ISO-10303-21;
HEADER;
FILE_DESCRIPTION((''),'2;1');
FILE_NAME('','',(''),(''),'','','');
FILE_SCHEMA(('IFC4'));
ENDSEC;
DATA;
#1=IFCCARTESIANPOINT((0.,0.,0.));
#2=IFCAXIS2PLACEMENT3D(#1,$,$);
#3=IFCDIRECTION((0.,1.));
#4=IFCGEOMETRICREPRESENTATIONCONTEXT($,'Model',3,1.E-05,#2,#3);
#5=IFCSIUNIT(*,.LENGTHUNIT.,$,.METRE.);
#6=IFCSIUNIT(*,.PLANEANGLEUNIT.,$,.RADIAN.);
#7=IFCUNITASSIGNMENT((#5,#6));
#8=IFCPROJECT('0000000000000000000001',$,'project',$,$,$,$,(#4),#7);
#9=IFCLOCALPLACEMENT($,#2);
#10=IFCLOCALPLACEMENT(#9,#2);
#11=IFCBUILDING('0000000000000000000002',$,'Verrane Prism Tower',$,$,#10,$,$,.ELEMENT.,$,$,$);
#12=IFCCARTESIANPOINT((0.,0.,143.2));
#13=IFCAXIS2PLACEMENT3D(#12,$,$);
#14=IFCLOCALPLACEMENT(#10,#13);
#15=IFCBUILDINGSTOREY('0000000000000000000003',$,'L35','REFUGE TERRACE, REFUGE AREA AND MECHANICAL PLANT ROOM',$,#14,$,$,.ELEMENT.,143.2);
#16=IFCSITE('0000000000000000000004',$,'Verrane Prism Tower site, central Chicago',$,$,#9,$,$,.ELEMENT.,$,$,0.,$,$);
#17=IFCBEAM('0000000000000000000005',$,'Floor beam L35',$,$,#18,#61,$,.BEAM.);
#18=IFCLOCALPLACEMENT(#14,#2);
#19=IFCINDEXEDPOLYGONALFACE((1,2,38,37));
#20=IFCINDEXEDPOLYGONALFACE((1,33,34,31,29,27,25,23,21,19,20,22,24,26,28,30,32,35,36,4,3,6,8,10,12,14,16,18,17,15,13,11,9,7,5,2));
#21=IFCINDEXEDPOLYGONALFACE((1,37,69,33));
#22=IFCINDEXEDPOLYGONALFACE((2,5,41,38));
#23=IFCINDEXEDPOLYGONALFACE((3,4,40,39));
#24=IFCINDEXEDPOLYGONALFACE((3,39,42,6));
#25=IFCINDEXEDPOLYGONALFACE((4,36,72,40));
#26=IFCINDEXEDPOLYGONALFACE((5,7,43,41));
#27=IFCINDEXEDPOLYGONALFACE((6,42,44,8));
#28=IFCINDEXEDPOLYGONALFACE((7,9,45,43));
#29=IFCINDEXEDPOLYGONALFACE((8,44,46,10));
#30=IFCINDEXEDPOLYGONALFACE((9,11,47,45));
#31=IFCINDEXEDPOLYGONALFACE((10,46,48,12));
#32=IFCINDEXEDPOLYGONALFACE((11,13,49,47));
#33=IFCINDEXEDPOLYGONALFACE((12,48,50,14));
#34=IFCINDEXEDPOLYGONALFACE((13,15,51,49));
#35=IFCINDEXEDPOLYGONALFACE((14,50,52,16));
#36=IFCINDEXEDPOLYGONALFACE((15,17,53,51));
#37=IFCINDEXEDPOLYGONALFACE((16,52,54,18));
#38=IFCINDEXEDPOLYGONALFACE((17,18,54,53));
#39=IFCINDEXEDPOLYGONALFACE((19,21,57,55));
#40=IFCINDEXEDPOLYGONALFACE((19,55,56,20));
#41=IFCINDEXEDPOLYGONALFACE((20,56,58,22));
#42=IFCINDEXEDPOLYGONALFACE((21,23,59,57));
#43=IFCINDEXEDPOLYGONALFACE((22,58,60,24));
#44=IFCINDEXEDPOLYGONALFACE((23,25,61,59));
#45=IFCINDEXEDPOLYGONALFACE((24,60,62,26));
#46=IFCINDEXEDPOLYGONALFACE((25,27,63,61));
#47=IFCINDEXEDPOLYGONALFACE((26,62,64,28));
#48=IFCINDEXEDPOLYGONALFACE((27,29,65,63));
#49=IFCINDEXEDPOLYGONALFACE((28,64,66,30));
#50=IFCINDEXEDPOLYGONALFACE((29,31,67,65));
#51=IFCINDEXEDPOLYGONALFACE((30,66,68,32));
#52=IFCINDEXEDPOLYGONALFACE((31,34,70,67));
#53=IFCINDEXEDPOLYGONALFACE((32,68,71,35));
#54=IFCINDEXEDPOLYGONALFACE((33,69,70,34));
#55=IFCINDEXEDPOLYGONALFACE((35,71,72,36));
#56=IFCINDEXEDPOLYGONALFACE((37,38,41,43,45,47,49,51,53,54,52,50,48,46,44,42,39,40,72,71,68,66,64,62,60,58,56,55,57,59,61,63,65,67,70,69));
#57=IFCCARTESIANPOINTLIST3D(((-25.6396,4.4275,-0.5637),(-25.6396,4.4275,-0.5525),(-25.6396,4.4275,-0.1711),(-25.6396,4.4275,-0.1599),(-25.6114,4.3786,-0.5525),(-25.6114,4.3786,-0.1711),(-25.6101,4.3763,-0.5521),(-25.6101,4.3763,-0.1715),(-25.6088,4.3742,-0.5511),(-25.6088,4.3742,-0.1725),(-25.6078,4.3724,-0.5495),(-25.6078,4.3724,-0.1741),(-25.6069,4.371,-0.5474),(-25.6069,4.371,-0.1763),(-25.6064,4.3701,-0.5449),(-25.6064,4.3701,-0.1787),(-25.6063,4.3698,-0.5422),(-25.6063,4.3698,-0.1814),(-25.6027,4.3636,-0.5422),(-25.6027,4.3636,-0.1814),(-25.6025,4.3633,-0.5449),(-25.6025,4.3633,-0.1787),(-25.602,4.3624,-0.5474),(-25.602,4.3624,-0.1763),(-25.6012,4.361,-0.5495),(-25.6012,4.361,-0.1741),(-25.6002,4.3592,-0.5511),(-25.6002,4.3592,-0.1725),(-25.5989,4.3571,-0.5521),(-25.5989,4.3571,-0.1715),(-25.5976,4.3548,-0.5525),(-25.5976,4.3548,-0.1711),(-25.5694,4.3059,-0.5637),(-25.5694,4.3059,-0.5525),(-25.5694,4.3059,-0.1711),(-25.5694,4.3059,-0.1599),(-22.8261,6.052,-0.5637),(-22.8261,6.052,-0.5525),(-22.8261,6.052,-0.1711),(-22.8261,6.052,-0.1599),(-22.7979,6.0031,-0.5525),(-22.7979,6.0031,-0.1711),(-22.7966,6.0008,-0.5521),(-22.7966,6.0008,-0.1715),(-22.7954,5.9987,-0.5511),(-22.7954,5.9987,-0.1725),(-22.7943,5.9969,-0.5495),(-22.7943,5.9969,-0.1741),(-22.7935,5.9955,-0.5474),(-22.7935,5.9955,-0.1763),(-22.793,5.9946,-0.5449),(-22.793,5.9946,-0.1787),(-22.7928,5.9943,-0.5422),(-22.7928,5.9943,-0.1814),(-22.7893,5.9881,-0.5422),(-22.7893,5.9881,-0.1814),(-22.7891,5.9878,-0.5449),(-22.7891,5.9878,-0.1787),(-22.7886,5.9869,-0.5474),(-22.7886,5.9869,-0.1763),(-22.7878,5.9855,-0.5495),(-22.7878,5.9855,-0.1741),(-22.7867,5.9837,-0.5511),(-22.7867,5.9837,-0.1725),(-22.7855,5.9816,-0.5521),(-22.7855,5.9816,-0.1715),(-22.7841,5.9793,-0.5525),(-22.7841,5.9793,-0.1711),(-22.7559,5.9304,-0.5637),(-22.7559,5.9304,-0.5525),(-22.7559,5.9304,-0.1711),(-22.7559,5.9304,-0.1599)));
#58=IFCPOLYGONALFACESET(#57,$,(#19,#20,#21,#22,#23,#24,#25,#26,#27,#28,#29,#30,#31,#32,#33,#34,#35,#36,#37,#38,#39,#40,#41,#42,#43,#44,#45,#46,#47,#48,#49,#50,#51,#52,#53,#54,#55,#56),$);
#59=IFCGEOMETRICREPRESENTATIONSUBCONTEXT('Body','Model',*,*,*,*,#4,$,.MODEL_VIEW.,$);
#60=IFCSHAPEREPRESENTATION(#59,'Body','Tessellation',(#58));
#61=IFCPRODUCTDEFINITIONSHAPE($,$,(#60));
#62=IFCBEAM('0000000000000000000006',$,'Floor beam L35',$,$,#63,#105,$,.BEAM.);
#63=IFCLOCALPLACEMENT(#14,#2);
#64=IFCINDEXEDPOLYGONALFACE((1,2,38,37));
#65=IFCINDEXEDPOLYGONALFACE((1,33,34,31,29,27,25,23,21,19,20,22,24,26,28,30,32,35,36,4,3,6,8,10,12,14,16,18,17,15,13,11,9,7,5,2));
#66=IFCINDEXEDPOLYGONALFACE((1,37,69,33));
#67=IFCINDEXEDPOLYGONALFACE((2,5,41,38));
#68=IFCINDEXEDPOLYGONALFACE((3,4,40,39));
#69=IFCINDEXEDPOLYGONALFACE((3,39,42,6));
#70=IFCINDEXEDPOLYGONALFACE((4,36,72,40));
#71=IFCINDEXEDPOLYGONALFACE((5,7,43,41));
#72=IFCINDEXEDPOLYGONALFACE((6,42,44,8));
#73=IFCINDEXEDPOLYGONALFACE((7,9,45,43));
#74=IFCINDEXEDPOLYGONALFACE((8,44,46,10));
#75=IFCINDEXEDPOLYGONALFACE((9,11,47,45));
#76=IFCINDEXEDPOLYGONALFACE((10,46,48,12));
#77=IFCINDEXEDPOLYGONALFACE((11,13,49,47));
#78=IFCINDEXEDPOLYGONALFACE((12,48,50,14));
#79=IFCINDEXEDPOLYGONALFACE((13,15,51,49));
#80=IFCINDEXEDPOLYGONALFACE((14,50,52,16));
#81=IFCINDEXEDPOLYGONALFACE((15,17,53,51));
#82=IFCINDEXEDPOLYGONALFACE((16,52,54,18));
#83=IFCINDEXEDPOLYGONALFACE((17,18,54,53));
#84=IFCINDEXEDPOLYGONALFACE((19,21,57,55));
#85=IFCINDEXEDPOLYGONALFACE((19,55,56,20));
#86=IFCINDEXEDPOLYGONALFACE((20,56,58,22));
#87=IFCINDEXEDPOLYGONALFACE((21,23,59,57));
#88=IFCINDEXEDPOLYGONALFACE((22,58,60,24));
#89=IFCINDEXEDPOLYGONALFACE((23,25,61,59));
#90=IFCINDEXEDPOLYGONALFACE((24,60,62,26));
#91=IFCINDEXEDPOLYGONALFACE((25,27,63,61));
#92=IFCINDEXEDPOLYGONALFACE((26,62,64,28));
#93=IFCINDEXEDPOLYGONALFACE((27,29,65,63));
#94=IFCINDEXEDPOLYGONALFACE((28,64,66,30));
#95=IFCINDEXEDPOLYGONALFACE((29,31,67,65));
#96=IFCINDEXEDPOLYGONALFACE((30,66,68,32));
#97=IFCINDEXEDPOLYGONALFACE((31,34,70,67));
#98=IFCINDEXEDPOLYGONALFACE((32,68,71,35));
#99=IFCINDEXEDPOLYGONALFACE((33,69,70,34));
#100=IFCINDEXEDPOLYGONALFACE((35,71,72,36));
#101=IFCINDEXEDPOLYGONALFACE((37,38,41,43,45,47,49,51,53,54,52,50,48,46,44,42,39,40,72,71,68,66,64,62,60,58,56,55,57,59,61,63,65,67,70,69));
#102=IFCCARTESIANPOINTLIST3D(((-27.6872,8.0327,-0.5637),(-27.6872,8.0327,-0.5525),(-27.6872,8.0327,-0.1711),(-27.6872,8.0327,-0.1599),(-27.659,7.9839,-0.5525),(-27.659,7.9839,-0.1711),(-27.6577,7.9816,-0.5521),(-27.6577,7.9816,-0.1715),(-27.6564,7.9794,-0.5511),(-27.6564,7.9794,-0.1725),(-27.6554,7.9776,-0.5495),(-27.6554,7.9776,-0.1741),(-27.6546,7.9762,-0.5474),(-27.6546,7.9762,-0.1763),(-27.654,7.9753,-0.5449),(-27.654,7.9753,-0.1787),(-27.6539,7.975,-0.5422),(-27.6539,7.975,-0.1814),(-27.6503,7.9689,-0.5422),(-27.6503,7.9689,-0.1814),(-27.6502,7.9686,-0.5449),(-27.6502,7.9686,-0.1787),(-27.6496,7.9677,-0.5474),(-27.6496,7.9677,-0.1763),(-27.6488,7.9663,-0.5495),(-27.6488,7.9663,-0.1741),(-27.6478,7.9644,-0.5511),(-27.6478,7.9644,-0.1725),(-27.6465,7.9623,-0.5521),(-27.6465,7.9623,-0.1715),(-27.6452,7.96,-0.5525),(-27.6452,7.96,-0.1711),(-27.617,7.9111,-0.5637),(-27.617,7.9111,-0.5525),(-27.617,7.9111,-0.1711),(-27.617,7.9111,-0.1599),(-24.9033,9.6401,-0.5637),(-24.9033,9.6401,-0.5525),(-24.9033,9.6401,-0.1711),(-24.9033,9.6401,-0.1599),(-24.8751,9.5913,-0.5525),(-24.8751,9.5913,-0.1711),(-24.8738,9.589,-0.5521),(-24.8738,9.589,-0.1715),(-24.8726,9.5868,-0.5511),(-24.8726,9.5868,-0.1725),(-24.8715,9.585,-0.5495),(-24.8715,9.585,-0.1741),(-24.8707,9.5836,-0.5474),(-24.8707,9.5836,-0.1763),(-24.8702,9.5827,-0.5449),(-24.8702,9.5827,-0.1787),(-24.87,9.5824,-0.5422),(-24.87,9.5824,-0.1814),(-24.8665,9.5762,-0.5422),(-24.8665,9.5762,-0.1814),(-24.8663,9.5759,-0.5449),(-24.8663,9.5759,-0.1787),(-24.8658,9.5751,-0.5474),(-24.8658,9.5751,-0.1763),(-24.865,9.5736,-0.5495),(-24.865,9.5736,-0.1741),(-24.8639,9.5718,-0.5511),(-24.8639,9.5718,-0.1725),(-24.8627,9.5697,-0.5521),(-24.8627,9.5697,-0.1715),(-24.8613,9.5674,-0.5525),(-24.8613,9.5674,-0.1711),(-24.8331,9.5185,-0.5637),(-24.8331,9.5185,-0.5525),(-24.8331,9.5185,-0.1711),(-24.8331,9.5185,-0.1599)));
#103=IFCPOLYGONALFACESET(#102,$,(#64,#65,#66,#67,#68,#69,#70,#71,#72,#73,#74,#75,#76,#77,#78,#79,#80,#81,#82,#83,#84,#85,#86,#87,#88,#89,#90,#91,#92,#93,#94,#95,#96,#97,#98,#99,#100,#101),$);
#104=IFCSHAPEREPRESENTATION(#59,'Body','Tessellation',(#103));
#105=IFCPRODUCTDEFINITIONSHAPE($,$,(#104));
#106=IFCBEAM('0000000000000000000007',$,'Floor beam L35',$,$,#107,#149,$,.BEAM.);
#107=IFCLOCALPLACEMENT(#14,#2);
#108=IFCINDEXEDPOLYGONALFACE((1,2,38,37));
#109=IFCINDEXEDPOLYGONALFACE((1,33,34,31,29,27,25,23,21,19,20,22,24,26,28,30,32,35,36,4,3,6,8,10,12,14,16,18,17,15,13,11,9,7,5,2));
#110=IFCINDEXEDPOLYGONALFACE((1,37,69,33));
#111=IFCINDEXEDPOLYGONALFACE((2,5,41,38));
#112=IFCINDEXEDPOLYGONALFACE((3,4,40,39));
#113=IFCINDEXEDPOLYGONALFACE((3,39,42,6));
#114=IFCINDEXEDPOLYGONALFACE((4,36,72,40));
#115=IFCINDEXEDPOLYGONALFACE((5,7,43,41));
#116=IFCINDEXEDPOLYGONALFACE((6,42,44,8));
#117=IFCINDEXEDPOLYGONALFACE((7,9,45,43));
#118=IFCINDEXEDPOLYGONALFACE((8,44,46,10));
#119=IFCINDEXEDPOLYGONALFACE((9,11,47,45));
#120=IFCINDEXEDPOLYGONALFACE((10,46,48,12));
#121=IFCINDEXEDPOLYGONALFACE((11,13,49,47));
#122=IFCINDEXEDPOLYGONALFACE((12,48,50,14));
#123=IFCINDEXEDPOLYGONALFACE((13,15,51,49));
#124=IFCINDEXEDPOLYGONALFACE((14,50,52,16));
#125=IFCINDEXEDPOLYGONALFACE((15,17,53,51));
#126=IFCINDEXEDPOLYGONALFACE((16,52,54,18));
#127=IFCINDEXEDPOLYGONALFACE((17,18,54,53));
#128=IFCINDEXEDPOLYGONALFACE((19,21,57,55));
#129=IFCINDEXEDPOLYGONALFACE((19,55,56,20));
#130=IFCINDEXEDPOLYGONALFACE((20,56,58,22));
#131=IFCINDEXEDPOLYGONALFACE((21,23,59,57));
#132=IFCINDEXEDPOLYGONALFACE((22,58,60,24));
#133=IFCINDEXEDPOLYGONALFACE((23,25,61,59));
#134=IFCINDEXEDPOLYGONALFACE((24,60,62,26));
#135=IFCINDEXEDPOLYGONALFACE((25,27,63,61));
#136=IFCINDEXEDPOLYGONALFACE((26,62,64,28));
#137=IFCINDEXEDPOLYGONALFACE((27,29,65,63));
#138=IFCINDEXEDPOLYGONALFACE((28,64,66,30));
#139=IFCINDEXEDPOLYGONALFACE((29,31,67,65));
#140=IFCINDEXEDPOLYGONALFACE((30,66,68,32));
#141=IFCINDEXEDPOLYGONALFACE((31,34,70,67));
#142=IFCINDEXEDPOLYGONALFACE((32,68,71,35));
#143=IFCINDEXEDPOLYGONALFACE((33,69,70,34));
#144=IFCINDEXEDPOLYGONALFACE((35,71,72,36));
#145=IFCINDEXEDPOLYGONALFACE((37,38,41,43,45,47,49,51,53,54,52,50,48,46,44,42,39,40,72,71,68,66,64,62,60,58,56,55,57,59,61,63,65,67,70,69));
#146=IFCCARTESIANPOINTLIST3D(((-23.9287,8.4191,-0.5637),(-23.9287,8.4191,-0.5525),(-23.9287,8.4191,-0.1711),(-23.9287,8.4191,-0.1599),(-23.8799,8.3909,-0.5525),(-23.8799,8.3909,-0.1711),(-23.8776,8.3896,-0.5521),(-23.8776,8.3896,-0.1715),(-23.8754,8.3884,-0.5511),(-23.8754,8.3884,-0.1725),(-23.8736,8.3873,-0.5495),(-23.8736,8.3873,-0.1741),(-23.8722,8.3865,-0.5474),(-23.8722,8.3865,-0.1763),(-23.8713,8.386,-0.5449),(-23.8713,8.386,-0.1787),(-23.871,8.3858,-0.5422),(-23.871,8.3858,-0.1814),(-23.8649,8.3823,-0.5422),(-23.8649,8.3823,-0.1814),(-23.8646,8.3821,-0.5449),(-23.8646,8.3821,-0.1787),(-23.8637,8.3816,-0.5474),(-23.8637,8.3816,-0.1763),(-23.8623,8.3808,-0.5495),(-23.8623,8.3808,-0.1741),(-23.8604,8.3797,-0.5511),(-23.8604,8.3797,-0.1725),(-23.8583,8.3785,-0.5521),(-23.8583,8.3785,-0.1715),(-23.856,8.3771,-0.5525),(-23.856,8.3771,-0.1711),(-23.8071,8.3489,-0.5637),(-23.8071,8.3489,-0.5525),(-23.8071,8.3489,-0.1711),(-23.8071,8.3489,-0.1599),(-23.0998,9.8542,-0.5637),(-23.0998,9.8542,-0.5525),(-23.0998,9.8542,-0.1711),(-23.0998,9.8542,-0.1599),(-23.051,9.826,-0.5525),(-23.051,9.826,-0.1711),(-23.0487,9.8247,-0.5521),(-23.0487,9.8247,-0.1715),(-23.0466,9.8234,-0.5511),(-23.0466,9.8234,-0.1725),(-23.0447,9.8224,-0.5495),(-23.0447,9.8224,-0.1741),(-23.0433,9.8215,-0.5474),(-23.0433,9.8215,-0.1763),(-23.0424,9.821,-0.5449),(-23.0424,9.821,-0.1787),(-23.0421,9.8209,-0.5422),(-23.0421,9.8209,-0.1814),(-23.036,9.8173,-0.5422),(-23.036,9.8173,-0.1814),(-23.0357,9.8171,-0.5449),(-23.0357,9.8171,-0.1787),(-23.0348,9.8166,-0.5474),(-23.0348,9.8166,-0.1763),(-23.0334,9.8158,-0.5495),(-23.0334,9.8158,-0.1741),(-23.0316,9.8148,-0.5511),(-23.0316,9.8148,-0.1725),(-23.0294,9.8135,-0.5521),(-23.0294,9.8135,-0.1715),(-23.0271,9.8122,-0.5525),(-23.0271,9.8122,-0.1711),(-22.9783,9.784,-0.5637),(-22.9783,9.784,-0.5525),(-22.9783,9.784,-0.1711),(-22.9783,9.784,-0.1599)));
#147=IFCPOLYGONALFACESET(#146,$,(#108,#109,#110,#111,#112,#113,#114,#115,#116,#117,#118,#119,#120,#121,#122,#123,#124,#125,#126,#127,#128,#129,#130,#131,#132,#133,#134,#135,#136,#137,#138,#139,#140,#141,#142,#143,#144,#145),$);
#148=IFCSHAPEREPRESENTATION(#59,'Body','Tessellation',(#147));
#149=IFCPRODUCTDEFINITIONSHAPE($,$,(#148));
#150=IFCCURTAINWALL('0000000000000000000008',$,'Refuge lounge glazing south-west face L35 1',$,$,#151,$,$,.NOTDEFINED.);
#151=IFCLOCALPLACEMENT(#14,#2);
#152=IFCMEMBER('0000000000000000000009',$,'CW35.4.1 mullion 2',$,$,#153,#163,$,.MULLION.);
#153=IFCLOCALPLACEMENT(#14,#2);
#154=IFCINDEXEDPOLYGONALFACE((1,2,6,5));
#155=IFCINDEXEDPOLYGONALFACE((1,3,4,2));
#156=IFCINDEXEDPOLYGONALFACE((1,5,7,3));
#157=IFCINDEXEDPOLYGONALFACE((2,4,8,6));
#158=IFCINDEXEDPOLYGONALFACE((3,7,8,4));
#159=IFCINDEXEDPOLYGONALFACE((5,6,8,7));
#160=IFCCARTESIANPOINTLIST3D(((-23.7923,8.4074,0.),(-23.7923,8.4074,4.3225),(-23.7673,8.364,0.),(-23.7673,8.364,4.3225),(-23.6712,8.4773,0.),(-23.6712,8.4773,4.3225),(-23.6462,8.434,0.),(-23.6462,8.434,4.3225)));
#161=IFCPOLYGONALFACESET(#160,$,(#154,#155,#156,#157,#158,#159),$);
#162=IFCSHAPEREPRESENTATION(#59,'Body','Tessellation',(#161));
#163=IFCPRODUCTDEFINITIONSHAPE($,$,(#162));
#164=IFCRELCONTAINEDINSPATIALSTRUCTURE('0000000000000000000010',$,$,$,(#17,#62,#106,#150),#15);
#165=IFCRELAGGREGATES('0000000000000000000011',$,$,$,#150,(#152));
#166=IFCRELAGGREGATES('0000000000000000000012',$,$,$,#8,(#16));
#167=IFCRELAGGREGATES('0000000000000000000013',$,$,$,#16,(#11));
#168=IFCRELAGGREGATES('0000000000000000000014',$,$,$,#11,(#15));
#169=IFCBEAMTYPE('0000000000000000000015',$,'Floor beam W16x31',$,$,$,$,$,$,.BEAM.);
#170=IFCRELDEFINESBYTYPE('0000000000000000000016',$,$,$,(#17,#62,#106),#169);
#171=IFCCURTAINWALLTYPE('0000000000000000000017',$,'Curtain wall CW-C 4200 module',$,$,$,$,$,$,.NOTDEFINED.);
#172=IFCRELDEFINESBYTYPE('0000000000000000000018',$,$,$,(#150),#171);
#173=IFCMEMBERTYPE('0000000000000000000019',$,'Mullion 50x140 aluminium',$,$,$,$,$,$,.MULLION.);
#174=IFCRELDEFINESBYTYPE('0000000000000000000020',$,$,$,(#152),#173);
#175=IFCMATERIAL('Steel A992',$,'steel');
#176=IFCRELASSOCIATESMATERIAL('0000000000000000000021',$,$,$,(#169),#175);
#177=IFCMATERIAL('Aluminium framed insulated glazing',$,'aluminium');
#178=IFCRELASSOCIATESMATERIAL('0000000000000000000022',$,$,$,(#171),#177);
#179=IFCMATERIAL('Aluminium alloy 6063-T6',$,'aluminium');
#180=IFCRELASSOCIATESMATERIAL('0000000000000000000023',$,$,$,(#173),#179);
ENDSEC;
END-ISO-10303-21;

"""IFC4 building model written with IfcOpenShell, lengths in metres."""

from ifc_helpers import new_model, si_unit, direction, frame, origin, origin_2d, place, context, subcontext, project, spatial, rectangle, i_section, extrude, material, material_profile, profile_set, type_object, element, aggregate, save


model = new_model("IFC4")

# Units and contexts
model_context = context("Model", 3, precision=1e-05, world=origin(), true_north=direction((0.0, 1.0)))
body_context = subcontext(model_context, "Body", "Model", "MODEL_VIEW")
ifc_project = project(units=[si_unit("LENGTHUNIT", "METRE"), si_unit("PLANEANGLEUNIT", "RADIAN")], contexts=[model_context])

# Site, building, storey
site_placement = place(None, origin())
site = spatial("IfcSite", under=ifc_project, at=site_placement, Name="Verrane Prism Tower site, central Chicago", CompositionType="ELEMENT", RefElevation=0.0)
building_placement = place(site_placement, origin())
building = spatial("IfcBuilding", under=site, at=building_placement, Name="Verrane Prism Tower", CompositionType="ELEMENT")
storey_placement = place(building_placement, frame((0.0, 0.0, 143.2)))
storey = spatial("IfcBuildingStorey", under=building, at=storey_placement, Name="L35", Description="REFUGE TERRACE, REFUGE AREA AND MECHANICAL PLANT ROOM", CompositionType="ELEMENT", Elevation=143.2)

# Beams
ifc_material_1 = material(Name="Steel A992", Category="steel")
ifc_material_profile_1 = material_profile(ifc_material_1, i_section(OverallWidth=0.1404, OverallDepth=0.4038, WebThickness=0.0071, FlangeThickness=0.0112, FilletRadius=0.0103, at=origin_2d()), Name="W16x31")
ifc_profile_set_1 = profile_set([ifc_material_profile_1], Name="Steel A992")
beam_type_1 = type_object("IfcBeamType", Name="Floor beam W16x31", PredefinedType="BEAM", material=ifc_profile_set_1)
beam_1_placement = place(storey_placement, frame((-25.6045, 4.3667, -0.3618), z_axis=(0.866005, 0.500035, 0.0), x_axis=(-0.500035, 0.866005, 0.0)))
element("IfcBeam", 1, at=beam_1_placement, inside=storey, type_object=beam_type_1, Name="Floor beam L35", PredefinedType="BEAM", context=body_context, shape_type="SweptSolid", body=[
    extrude(i_section(OverallWidth=0.1404, OverallDepth=0.4038, WebThickness=0.0071, FlangeThickness=0.0112, FilletRadius=0.0103, at=origin_2d()), origin(), (0.0, 0.0, 1.0), 3.2488),
])
beam_2_placement = place(storey_placement, frame((-27.6521, 7.9719, -0.3618), z_axis=(0.86601, 0.500027, 0.0), x_axis=(-0.500027, 0.86601, 0.0)))
element("IfcBeam", 2, at=beam_2_placement, inside=storey, type_object=beam_type_1, Name="Floor beam L35", PredefinedType="BEAM", context=body_context, shape_type="SweptSolid", body=[
    extrude(i_section(OverallWidth=0.1404, OverallDepth=0.4038, WebThickness=0.0071, FlangeThickness=0.0112, FilletRadius=0.0103, at=origin_2d()), origin(), (0.0, 0.0, 1.0), 3.2146),
])
beam_3_placement = place(storey_placement, frame((-23.8679, 8.384, -0.3618), z_axis=(0.500148, 0.86594, 0.0), x_axis=(-0.86594, 0.500148, 0.0)))
element("IfcBeam", 3, at=beam_3_placement, inside=storey, type_object=beam_type_1, Name="Floor beam L35", PredefinedType="BEAM", context=body_context, shape_type="SweptSolid", body=[
    extrude(i_section(OverallWidth=0.1404, OverallDepth=0.4038, WebThickness=0.0071, FlangeThickness=0.0112, FilletRadius=0.0103, at=origin_2d()), origin(), (0.0, 0.0, 1.0), 1.6572),
])

# Curtain wall, member
ifc_material_2 = material(Name="Aluminium framed insulated glazing", Category="aluminium")
curtain_wall_type = type_object("IfcCurtainWallType", Name="Curtain wall CW-C 4200 module", PredefinedType="NOTDEFINED", material=ifc_material_2)
curtain_wall_placement = place(storey_placement, origin())
curtain_wall = element("IfcCurtainWall", 4, at=curtain_wall_placement, inside=storey, type_object=curtain_wall_type, Name="Refuge lounge glazing south-west face L35 1", PredefinedType="NOTDEFINED")
ifc_material_3 = material(Name="Aluminium alloy 6063-T6", Category="aluminium")
ifc_material_profile_2 = material_profile(ifc_material_3, rectangle(XDim=0.1399, YDim=0.05, at=origin_2d()), Name="Mullion 50x140 aluminium")
ifc_profile_set_2 = profile_set([ifc_material_profile_2], Name="Aluminium alloy 6063-T6")
member_type_1 = type_object("IfcMemberType", Name="Mullion 50x140 aluminium", PredefinedType="MULLION", material=ifc_profile_set_2)
member_1_placement = place(storey_placement, frame((-23.7192, 8.4207, 0.0), z_axis=(0.0, 0.0, 1.0), x_axis=(0.866025, 0.500001, 0.0)))
member_1 = element("IfcMember", 5, at=member_1_placement, type_object=member_type_1, Name="CW35.4.1 mullion 2", PredefinedType="MULLION", context=body_context, shape_type="SweptSolid", body=[
    extrude(rectangle(XDim=0.1399, YDim=0.05, at=origin_2d()), origin(), (0.0, 0.0, 1.0), 4.3225),
])

aggregate(curtain_wall, [member_1])

save(model, "model.ifc")
